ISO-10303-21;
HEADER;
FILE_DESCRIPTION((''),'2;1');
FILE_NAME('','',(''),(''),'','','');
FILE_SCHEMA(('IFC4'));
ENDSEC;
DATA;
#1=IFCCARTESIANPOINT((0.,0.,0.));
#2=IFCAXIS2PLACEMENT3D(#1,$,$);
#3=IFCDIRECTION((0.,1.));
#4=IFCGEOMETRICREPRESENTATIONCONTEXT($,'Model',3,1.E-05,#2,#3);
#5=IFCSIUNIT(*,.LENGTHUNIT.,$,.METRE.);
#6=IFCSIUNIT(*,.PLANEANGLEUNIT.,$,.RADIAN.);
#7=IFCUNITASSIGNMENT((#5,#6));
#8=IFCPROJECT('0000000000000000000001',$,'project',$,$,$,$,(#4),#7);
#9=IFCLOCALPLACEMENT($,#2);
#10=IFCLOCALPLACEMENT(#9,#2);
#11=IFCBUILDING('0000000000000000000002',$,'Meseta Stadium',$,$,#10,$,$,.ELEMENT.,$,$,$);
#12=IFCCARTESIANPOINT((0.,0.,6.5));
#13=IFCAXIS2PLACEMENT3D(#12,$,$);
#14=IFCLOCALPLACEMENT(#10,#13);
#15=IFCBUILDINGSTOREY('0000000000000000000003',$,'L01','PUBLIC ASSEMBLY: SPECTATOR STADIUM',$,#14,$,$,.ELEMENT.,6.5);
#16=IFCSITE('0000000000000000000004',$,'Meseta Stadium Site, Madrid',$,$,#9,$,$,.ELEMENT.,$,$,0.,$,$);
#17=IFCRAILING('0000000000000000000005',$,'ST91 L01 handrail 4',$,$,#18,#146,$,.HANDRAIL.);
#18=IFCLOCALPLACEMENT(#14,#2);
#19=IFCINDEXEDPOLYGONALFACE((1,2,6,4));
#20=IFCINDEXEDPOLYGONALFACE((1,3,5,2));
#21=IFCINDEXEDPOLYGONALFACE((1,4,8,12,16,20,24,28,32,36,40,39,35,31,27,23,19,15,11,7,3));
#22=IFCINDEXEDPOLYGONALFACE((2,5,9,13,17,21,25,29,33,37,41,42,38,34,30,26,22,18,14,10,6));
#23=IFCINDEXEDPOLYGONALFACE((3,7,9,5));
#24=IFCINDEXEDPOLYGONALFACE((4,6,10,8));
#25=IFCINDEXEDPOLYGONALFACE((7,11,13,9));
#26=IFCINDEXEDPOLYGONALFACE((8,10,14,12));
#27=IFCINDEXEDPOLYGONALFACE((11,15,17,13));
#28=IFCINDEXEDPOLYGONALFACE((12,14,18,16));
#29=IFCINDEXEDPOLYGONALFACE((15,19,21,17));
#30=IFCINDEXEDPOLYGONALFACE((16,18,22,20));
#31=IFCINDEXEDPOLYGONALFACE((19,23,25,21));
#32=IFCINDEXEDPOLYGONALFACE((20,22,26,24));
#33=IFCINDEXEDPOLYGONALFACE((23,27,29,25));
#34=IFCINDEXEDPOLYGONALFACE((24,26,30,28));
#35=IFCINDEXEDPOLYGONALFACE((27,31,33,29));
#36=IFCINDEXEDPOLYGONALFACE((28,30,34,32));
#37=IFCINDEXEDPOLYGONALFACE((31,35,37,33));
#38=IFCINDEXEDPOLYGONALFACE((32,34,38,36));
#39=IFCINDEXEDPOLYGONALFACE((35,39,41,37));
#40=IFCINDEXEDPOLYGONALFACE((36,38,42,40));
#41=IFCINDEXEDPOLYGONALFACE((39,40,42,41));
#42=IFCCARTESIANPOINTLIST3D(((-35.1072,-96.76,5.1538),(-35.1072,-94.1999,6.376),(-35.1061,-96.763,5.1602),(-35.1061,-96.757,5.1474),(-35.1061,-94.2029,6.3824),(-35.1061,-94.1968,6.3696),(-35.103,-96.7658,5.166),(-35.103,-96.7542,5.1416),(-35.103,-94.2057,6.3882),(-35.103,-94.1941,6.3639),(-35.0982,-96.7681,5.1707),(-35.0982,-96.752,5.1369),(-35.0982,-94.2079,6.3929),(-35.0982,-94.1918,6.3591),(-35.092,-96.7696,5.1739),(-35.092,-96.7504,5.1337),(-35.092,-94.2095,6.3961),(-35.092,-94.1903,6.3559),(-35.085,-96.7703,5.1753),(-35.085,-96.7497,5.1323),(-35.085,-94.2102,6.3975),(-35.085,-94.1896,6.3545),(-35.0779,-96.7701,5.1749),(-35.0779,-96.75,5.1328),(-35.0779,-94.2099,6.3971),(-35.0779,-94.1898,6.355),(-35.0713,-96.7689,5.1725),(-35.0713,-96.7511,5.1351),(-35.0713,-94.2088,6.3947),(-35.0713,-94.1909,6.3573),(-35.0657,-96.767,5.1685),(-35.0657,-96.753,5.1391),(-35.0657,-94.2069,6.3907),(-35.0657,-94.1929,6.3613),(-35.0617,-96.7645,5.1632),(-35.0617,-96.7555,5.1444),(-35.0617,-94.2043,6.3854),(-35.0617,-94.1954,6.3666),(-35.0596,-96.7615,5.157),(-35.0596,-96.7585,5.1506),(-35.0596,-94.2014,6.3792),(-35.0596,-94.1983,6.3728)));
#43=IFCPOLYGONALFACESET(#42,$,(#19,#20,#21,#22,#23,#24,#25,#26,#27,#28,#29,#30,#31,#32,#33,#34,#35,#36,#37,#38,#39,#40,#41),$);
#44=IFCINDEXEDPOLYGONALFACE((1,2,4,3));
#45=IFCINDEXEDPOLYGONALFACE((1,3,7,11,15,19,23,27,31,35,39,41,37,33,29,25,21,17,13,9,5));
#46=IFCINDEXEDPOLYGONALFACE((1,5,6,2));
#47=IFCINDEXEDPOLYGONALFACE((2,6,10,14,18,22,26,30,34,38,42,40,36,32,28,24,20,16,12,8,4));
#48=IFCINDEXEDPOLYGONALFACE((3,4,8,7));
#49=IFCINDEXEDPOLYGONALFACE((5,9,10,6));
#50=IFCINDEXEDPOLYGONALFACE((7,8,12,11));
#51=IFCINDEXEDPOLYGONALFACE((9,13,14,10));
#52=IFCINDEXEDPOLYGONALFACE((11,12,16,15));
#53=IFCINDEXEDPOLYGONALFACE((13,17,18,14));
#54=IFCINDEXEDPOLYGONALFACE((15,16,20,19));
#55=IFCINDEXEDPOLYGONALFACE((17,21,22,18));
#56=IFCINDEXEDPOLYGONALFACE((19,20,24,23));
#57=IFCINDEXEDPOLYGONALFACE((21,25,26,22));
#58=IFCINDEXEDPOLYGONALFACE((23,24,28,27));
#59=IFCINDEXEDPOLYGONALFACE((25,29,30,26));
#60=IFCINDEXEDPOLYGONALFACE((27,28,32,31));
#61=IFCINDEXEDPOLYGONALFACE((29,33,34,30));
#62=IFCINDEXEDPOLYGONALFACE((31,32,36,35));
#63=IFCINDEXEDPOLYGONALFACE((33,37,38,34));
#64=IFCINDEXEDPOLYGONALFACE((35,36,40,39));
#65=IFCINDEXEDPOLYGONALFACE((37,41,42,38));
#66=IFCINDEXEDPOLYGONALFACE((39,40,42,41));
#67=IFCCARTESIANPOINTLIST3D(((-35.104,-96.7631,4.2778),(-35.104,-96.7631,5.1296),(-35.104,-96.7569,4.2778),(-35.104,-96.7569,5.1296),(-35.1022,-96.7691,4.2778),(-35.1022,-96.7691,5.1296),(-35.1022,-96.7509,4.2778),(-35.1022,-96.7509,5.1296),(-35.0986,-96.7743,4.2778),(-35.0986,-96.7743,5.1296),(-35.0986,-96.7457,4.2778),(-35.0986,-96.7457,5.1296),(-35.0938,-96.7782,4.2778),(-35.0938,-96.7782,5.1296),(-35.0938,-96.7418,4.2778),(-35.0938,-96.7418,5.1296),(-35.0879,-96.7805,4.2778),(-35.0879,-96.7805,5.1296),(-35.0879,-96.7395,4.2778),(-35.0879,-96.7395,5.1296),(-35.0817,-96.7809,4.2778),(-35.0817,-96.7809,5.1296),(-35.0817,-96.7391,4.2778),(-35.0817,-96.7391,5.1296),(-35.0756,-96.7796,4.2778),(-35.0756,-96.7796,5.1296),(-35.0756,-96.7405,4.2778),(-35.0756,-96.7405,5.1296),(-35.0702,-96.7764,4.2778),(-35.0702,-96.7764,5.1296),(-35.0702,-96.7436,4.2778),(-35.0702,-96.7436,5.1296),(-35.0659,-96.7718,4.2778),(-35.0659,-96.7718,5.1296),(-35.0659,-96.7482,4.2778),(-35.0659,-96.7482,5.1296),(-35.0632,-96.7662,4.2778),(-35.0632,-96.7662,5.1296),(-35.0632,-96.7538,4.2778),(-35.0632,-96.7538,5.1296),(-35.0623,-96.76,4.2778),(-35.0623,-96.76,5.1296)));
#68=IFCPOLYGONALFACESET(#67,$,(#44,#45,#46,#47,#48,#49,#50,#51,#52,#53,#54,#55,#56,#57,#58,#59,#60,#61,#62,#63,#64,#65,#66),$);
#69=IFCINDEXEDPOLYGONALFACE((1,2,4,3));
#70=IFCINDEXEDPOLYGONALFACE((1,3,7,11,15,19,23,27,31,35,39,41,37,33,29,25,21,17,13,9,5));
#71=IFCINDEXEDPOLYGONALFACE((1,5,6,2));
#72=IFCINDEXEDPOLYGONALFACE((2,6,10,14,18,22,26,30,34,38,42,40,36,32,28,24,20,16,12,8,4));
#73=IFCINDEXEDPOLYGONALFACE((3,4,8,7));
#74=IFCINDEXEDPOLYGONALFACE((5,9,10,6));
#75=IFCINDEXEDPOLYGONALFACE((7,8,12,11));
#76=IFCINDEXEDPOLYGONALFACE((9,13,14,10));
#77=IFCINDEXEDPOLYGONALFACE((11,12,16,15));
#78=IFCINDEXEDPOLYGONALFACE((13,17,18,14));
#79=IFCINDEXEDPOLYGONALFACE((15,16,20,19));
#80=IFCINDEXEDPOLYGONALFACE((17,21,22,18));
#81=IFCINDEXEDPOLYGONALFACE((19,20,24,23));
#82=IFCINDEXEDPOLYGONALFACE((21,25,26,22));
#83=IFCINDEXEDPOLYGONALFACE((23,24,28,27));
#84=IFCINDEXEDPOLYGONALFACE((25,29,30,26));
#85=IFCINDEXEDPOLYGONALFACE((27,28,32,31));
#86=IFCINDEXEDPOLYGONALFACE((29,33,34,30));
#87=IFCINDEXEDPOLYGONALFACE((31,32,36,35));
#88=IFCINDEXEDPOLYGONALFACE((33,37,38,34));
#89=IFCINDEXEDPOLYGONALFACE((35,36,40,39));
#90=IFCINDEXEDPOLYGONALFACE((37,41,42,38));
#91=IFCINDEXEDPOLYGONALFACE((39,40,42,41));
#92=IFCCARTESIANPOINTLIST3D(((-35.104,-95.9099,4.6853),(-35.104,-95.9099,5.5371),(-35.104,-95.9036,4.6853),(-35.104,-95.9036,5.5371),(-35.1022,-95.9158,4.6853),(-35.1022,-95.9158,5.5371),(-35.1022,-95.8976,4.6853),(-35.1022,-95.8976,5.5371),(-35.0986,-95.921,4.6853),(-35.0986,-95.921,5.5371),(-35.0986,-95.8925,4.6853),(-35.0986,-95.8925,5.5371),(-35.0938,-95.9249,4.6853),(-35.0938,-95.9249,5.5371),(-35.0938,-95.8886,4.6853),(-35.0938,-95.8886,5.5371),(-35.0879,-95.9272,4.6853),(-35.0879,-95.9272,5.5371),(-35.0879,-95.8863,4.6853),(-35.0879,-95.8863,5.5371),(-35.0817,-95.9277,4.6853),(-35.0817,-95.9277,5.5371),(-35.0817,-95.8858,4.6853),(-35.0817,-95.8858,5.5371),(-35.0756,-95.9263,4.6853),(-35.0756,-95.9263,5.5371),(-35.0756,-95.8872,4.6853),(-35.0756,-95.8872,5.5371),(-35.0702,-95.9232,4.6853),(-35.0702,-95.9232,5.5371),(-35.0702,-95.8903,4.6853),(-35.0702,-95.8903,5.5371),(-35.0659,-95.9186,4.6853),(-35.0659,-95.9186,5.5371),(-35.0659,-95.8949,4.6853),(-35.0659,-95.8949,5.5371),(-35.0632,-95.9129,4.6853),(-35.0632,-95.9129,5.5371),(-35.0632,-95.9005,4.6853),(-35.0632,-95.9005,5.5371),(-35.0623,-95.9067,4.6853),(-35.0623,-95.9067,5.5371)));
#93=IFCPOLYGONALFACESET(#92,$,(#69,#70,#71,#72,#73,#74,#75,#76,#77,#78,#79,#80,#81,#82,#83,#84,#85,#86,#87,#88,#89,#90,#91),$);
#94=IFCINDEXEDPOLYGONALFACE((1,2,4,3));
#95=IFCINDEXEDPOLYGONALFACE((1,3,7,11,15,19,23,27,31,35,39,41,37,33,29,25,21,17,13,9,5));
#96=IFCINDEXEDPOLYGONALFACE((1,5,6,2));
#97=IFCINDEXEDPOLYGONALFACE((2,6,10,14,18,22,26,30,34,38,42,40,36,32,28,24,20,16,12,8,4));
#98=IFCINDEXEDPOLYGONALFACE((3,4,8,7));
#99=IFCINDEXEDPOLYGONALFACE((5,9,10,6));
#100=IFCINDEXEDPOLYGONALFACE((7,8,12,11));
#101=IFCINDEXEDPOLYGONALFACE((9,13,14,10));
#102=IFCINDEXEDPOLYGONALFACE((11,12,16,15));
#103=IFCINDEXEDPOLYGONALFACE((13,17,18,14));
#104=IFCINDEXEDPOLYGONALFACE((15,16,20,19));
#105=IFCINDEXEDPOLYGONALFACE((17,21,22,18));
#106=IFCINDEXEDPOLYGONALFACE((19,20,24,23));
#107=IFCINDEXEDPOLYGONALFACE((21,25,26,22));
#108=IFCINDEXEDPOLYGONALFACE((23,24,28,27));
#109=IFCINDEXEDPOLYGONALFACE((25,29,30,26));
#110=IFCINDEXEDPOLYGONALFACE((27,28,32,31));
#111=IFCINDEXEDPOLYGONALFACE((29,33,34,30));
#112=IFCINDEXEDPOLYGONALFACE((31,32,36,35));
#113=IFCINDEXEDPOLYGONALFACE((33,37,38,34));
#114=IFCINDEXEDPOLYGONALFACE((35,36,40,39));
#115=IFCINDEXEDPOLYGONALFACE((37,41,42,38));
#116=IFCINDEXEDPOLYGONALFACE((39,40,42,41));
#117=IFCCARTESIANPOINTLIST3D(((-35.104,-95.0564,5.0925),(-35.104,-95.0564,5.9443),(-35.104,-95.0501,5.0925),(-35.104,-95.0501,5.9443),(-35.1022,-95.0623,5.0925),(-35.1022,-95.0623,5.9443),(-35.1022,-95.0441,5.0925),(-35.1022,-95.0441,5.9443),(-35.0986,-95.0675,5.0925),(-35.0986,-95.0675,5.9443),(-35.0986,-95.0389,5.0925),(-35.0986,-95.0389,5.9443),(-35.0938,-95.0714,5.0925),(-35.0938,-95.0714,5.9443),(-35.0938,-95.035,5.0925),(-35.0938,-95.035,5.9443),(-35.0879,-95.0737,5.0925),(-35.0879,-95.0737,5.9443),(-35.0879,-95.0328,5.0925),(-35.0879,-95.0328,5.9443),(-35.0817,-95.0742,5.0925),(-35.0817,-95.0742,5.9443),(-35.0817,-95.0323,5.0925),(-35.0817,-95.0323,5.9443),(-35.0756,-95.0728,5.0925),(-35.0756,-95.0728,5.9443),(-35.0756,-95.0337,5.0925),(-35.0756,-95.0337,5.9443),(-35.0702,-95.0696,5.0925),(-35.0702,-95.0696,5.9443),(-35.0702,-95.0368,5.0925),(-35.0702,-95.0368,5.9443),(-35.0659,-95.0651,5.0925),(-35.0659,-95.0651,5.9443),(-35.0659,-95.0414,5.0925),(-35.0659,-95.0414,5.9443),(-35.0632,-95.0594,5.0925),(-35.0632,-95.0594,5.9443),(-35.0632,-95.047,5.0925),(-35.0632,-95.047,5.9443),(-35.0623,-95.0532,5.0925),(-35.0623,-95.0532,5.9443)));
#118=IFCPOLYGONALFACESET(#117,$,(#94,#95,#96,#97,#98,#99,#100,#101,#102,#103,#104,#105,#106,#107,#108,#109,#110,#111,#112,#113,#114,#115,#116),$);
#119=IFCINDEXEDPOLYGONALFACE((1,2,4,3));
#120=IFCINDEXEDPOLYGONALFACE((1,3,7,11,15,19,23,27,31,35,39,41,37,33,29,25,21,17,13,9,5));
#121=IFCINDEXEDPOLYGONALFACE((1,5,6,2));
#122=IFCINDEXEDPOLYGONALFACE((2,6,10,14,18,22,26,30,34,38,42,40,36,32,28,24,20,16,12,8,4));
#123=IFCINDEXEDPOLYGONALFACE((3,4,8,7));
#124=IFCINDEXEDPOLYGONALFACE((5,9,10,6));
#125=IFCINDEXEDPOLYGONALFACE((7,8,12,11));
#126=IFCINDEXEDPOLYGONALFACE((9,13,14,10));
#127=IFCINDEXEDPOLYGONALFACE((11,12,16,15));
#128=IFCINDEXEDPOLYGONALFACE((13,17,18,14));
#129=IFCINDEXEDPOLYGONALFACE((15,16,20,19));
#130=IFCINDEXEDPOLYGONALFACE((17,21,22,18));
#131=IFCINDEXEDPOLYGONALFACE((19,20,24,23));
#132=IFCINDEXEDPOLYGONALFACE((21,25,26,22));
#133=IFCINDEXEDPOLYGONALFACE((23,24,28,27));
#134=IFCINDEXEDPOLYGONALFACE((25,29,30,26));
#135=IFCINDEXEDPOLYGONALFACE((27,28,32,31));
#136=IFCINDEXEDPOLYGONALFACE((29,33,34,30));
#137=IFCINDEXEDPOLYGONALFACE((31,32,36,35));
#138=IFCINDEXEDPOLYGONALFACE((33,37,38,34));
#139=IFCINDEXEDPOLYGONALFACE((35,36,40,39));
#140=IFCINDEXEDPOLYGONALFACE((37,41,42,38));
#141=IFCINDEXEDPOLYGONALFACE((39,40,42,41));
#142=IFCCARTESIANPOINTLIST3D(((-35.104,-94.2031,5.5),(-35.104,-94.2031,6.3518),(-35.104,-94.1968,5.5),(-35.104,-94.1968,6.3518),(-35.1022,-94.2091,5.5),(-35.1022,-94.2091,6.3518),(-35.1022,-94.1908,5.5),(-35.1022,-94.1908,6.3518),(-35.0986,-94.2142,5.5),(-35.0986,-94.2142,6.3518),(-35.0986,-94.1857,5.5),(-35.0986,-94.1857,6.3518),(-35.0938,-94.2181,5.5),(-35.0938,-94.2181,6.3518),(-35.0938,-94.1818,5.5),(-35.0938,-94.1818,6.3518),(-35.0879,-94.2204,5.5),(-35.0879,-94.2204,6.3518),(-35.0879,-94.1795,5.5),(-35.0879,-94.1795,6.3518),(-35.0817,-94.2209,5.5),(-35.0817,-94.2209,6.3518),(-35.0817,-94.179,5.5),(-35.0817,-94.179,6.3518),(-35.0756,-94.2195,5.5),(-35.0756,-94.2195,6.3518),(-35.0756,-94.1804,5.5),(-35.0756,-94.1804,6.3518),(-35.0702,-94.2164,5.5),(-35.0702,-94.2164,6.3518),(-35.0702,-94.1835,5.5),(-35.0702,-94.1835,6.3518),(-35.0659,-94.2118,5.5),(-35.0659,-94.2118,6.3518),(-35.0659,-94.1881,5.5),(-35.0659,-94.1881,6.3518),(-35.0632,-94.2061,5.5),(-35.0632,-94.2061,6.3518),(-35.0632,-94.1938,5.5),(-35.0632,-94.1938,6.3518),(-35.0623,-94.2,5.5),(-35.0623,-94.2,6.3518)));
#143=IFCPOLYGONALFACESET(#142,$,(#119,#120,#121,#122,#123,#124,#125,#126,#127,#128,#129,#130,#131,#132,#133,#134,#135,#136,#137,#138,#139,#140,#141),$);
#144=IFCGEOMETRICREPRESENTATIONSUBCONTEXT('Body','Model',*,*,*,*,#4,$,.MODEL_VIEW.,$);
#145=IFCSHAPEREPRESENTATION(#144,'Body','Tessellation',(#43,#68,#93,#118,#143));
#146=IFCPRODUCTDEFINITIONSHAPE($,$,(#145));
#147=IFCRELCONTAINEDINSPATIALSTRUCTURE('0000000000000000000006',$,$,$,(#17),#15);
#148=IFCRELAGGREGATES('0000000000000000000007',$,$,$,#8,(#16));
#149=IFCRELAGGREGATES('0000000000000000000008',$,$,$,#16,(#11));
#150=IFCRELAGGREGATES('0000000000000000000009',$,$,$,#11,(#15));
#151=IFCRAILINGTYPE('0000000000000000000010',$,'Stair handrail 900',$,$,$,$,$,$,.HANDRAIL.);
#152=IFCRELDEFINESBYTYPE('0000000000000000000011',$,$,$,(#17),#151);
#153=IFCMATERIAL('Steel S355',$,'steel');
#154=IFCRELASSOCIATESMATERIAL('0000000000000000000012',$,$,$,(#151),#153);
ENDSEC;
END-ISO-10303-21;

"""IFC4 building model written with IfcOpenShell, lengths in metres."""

from ifc_helpers import new_model, si_unit, direction, frame, origin, origin_2d, place, context, subcontext, project, spatial, circle, extrude, material, type_object, element, save


model = new_model("IFC4")

# Units and contexts
model_context = context("Model", 3, precision=1e-05, world=origin(), true_north=direction((0.0, 1.0)))
body_context = subcontext(model_context, "Body", "Model", "MODEL_VIEW")
ifc_project = project(units=[si_unit("LENGTHUNIT", "METRE"), si_unit("PLANEANGLEUNIT", "RADIAN")], contexts=[model_context])

# Site, building, storey
site_placement = place(None, origin())
site = spatial("IfcSite", under=ifc_project, at=site_placement, Name="Meseta Stadium Site, Madrid", CompositionType="ELEMENT", RefElevation=0.0)
building_placement = place(site_placement, origin())
building = spatial("IfcBuilding", under=site, at=building_placement, Name="Meseta Stadium", CompositionType="ELEMENT")
storey_placement = place(building_placement, frame((0.0, 0.0, 6.5)))
storey = spatial("IfcBuildingStorey", under=building, at=storey_placement, Name="L01", Description="PUBLIC ASSEMBLY: SPECTATOR STADIUM", CompositionType="ELEMENT", Elevation=6.5)

# Railing
ifc_material_1 = material(Name="Steel S355", Category="steel")
railing_type_1 = type_object("IfcRailingType", Name="Stair handrail 900", PredefinedType="HANDRAIL", material=ifc_material_1)
railing_1_placement = place(storey_placement, frame((-35.0833, -96.76, 4.2778)))
element("IfcRailing", 1, at=railing_1_placement, inside=storey, type_object=railing_type_1, Name="ST91 L01 handrail 4", PredefinedType="HANDRAIL", context=body_context, shape_type="SweptSolid", body=[
    extrude(circle(Radius=0.0239, at=origin_2d()), frame((0.0, 0.0, 0.876), z_axis=(0.0, 0.902437, 0.430822), x_axis=(-1.0, 0.0, 0.0)), (0.0, 0.0, 1.0), 2.8369),
    extrude(circle(Radius=0.021, at=origin_2d()), origin(), (0.0, 0.0, 1.0), 0.8518),
    extrude(circle(Radius=0.021, at=origin_2d()), frame((0.0, 0.8533, 0.4075)), (0.0, 0.0, 1.0), 0.8518),
    extrude(circle(Radius=0.021, at=origin_2d()), frame((0.0, 1.7068, 0.8147)), (0.0, 0.0, 1.0), 0.8518),
    extrude(circle(Radius=0.021, at=origin_2d()), frame((0.0, 2.5601, 1.2222)), (0.0, 0.0, 1.0), 0.8518),
])

save(model, "model.ifc")
